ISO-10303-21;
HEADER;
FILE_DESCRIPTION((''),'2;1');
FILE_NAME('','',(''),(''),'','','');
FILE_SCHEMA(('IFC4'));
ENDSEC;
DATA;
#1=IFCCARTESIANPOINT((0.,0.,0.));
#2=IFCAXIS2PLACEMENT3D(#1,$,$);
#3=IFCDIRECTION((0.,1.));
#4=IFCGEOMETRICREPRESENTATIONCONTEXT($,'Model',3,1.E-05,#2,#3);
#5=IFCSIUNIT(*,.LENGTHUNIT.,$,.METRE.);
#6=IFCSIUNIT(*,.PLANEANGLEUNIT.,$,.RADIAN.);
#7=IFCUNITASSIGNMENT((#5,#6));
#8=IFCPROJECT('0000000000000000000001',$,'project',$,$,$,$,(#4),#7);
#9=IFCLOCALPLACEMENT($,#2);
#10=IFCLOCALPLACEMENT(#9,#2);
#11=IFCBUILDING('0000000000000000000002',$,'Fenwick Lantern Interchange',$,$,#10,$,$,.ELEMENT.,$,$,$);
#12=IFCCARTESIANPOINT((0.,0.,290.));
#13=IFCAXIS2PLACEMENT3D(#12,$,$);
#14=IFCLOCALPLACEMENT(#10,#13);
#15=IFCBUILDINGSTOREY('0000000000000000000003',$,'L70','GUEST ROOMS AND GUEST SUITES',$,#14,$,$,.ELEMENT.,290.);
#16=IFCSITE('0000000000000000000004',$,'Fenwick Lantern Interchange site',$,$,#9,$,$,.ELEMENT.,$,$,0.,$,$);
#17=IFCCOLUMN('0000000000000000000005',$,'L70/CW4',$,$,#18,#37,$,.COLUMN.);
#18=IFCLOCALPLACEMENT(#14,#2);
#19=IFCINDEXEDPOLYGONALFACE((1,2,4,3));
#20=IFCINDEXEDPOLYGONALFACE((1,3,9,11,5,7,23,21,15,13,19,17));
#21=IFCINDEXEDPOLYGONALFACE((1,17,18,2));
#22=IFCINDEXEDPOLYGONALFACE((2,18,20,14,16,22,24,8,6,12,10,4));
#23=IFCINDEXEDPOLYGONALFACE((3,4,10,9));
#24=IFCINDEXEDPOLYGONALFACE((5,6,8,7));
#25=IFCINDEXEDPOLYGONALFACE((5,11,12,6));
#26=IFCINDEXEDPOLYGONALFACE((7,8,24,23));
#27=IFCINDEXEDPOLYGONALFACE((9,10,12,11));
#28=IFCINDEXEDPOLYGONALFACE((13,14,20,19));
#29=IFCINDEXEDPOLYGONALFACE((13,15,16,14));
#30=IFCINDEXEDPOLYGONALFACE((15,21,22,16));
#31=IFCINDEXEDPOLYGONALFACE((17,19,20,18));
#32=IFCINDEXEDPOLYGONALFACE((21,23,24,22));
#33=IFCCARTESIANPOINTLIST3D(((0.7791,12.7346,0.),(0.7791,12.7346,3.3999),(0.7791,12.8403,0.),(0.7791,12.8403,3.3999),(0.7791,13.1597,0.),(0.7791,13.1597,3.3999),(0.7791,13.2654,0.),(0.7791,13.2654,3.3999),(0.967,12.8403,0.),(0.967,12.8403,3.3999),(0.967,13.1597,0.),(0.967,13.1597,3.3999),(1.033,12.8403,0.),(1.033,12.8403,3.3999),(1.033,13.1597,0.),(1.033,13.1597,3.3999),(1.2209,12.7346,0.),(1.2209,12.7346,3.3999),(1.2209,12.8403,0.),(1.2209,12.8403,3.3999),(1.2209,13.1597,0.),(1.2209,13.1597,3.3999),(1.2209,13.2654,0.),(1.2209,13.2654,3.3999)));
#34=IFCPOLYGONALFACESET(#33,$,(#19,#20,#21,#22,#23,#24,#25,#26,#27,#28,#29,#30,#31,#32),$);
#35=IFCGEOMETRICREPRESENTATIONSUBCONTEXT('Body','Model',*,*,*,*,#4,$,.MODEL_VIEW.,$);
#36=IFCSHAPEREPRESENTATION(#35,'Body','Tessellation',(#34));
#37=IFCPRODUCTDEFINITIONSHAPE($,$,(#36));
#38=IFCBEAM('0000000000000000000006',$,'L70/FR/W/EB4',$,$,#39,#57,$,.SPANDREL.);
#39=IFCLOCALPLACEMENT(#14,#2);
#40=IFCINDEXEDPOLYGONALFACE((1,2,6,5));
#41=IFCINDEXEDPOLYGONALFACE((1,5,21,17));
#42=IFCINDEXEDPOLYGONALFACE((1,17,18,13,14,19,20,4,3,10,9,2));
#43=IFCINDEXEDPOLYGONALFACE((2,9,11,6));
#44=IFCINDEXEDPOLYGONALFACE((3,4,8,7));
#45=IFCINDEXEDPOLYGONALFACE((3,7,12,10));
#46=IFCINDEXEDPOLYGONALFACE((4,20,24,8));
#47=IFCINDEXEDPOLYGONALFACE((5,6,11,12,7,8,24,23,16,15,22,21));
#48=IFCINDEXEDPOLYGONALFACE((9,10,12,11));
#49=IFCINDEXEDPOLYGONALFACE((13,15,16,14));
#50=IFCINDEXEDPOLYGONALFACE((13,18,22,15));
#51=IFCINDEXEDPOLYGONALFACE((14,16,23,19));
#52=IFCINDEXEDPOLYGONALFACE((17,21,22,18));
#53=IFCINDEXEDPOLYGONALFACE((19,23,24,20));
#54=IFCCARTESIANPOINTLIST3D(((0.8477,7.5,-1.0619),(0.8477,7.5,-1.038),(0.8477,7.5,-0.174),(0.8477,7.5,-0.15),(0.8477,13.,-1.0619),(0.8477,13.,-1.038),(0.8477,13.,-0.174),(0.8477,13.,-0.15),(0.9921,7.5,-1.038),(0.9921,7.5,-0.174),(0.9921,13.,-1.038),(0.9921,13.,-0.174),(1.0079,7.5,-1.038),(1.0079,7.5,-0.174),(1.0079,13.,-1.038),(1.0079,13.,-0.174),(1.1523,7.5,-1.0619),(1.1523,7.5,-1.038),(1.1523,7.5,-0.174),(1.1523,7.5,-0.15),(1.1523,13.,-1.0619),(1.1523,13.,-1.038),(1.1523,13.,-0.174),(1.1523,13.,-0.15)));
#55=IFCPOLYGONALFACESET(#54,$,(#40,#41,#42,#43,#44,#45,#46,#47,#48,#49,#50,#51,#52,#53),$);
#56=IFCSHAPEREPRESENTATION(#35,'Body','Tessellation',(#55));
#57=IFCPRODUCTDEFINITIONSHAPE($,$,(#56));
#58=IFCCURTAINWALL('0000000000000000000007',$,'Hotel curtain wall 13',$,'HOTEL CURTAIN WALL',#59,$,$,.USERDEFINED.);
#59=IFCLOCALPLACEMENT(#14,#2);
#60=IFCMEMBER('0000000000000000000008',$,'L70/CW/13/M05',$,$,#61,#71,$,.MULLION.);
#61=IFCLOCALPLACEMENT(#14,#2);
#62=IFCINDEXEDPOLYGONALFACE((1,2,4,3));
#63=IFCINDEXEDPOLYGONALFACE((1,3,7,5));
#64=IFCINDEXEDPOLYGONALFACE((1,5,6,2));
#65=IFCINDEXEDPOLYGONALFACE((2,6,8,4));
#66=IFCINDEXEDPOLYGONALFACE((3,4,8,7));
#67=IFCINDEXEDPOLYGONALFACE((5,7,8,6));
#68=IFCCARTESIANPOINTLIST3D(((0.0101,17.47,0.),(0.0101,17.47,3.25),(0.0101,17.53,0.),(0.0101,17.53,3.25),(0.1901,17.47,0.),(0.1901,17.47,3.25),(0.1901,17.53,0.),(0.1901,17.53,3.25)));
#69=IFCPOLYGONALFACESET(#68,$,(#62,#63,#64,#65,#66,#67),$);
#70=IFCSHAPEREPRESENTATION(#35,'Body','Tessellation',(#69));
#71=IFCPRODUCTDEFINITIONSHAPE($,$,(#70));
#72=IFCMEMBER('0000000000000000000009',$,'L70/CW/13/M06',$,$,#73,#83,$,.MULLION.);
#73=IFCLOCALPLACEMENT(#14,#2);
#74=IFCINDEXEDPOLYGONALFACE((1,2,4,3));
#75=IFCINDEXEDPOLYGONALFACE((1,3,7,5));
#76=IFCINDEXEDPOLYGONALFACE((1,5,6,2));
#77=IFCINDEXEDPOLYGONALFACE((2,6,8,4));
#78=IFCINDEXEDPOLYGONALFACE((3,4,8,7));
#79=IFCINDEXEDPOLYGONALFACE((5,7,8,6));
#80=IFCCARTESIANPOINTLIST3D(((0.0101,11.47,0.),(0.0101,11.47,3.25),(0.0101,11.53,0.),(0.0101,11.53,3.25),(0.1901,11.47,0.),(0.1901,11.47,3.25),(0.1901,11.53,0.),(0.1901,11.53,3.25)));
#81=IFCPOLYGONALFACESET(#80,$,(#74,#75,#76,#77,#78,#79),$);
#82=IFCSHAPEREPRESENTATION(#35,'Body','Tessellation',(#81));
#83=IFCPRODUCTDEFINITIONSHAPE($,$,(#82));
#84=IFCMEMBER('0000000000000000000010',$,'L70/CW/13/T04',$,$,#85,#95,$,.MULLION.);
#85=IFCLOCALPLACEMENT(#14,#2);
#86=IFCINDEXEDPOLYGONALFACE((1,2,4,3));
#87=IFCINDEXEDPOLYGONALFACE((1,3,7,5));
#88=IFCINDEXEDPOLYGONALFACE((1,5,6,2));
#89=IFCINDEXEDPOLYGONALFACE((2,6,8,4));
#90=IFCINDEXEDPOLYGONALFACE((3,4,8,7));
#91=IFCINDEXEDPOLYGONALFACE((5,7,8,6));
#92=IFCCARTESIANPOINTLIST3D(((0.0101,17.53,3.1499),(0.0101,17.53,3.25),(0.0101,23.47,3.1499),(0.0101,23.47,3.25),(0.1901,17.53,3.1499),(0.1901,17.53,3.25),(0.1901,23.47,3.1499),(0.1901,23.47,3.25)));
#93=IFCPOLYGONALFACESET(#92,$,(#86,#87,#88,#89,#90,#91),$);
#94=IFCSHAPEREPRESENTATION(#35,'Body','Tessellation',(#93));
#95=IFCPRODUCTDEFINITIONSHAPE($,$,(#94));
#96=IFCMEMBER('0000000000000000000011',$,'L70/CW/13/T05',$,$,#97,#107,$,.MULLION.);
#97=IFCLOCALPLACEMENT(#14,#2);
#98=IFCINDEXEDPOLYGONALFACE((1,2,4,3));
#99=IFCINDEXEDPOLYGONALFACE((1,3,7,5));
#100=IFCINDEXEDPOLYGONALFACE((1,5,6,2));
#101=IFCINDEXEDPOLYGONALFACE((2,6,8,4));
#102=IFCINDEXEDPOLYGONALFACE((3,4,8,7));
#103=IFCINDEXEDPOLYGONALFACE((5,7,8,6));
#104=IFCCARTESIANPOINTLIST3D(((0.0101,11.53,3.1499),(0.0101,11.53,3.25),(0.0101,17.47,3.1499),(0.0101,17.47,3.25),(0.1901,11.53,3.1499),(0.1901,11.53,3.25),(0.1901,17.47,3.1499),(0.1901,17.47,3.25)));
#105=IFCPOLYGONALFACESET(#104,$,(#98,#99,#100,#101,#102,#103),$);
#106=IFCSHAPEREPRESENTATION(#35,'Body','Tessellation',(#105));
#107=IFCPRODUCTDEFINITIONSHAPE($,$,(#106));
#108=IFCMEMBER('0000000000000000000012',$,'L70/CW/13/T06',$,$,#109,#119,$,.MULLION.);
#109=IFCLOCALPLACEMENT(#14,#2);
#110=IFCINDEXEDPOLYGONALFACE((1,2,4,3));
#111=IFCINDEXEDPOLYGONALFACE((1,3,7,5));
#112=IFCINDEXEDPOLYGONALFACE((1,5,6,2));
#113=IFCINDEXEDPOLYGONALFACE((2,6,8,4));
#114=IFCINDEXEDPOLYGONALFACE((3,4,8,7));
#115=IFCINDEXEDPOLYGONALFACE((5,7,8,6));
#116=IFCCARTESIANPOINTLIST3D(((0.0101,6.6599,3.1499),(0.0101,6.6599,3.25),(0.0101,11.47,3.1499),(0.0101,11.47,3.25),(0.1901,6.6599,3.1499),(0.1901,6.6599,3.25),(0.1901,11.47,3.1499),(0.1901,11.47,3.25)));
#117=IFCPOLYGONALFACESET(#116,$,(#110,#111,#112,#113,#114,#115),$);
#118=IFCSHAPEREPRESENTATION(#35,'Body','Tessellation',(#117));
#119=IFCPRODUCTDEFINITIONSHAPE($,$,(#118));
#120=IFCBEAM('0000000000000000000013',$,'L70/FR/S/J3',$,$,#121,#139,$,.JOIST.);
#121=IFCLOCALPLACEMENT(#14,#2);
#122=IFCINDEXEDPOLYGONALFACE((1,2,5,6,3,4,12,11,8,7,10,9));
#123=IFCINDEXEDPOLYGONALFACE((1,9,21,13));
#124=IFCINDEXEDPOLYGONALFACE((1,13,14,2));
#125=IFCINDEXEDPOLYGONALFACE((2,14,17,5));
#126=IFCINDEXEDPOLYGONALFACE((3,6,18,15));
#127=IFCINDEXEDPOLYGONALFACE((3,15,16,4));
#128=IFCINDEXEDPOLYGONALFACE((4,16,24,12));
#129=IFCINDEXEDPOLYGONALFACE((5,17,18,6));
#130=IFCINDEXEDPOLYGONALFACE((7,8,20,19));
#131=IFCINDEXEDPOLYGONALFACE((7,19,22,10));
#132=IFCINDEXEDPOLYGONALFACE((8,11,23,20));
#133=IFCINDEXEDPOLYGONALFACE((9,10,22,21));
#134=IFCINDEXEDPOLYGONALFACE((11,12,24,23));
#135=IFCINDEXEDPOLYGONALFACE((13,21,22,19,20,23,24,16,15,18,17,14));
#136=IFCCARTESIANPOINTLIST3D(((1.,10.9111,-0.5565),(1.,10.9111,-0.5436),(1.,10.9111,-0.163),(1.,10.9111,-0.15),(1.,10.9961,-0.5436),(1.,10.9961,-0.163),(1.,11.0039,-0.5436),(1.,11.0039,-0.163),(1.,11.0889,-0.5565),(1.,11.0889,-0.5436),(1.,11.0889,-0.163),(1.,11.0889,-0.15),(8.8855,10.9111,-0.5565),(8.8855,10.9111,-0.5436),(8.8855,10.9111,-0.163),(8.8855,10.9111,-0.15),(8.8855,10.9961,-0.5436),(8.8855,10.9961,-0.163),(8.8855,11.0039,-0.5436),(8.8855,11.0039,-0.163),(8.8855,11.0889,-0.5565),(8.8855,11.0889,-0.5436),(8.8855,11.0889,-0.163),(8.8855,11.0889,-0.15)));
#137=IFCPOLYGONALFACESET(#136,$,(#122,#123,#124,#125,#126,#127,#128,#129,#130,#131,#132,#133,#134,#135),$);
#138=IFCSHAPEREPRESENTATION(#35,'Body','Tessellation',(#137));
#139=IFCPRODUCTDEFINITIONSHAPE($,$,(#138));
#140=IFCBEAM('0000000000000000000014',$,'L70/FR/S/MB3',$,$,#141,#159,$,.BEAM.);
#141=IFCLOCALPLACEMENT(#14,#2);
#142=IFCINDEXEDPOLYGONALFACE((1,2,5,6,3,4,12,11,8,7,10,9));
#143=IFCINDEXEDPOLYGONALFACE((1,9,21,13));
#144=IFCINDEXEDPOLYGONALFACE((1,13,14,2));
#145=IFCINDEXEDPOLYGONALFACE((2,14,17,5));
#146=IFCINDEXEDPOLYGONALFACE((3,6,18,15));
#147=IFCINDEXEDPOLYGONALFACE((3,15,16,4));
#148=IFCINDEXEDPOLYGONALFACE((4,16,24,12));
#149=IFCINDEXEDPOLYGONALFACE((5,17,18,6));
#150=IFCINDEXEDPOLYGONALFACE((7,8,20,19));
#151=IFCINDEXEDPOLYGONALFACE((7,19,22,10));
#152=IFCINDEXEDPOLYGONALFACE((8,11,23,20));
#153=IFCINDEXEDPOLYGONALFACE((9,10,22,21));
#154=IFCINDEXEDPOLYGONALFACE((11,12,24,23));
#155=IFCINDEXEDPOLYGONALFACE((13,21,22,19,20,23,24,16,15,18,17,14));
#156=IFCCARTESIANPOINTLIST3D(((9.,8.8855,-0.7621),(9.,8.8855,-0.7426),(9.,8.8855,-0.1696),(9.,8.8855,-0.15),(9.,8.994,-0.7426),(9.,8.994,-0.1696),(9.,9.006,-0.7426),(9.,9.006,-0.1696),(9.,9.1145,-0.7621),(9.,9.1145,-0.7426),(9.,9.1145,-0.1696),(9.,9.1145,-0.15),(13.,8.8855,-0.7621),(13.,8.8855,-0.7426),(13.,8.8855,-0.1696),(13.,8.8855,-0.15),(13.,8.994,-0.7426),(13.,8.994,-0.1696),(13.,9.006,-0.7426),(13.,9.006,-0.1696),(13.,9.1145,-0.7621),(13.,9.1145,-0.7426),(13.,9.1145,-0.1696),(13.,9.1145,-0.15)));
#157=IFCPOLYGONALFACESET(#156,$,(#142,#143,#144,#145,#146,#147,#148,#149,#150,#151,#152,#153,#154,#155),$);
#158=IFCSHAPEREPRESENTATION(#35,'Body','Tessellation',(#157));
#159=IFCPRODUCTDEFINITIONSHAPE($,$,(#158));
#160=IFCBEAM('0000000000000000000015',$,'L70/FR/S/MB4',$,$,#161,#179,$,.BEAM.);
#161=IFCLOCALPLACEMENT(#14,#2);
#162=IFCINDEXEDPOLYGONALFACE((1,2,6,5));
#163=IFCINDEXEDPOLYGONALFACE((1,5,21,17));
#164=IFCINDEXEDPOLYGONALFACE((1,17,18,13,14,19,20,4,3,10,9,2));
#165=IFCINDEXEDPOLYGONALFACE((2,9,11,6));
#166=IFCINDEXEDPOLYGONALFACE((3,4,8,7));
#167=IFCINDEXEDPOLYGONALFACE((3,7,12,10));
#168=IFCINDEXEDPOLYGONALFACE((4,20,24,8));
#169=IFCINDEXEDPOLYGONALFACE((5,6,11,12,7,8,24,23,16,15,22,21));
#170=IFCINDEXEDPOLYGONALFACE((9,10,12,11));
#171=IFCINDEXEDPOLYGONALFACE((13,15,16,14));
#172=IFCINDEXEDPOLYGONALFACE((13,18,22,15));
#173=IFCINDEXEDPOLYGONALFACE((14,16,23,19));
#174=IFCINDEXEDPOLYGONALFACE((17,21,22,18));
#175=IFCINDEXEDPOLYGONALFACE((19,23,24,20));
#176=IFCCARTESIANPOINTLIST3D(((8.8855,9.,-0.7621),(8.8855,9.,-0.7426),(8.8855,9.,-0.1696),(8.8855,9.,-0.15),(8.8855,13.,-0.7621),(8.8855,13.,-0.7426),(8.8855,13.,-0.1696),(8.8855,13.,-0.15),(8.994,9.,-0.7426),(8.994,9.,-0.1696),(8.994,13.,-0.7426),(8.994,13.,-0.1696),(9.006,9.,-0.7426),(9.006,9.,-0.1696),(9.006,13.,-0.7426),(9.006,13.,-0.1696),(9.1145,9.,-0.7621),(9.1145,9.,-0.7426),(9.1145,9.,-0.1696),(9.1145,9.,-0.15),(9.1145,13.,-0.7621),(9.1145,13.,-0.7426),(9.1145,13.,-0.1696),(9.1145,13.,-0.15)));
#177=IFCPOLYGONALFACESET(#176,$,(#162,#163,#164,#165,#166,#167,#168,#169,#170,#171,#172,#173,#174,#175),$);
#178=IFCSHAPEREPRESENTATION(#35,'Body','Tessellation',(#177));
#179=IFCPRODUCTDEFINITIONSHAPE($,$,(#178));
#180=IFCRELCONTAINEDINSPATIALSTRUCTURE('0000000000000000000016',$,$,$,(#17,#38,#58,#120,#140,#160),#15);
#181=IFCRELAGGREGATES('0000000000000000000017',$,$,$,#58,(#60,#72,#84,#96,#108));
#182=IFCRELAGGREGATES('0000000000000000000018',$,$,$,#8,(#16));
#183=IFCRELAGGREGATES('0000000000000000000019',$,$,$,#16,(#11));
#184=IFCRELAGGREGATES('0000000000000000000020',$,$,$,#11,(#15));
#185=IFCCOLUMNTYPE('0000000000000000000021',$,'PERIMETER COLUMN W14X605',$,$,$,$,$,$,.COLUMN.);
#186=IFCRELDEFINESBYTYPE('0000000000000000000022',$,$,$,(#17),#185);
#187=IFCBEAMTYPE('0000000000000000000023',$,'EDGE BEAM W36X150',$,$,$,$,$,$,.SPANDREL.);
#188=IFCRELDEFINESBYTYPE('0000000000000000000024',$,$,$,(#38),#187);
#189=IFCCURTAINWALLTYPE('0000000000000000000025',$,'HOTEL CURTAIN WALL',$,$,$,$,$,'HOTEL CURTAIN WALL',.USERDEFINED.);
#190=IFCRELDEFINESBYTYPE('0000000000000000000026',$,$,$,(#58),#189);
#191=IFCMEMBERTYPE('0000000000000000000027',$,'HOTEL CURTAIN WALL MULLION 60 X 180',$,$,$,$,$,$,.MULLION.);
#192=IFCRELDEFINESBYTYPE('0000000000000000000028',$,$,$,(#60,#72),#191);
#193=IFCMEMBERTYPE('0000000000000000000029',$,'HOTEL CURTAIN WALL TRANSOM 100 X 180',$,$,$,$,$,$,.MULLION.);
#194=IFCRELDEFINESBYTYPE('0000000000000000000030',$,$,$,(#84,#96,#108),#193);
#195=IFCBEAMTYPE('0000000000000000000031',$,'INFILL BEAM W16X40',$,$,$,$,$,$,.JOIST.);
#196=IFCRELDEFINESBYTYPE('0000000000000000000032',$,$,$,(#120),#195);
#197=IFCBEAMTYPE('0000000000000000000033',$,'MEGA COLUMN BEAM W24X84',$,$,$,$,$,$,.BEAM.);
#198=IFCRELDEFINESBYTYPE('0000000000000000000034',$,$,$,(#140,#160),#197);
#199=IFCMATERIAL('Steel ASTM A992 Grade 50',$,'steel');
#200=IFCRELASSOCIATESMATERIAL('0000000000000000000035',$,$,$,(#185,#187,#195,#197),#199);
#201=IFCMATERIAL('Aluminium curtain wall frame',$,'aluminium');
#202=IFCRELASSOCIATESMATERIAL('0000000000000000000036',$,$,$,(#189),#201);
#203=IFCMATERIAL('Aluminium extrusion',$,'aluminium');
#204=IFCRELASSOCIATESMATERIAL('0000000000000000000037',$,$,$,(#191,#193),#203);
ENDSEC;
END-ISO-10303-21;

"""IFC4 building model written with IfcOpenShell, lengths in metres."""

from ifc_helpers import new_model, si_unit, direction, frame, origin, origin_2d, place, context, subcontext, project, spatial, rectangle, i_section, extrude, material, material_profile, profile_set, type_object, element, aggregate, save


model = new_model("IFC4")

# Units and contexts
model_context = context("Model", 3, precision=1e-05, world=origin(), true_north=direction((0.0, 1.0)))
body_context = subcontext(model_context, "Body", "Model", "MODEL_VIEW")
ifc_project = project(units=[si_unit("LENGTHUNIT", "METRE"), si_unit("PLANEANGLEUNIT", "RADIAN")], contexts=[model_context])

# Site, building, storey
site_placement = place(None, origin())
site = spatial("IfcSite", under=ifc_project, at=site_placement, Name="Fenwick Lantern Interchange site", CompositionType="ELEMENT", RefElevation=0.0)
building_placement = place(site_placement, origin())
building = spatial("IfcBuilding", under=site, at=building_placement, Name="Fenwick Lantern Interchange", CompositionType="ELEMENT")
storey_placement = place(building_placement, frame((0.0, 0.0, 290.0)))
storey = spatial("IfcBuildingStorey", under=building, at=storey_placement, Name="L70", Description="GUEST ROOMS AND GUEST SUITES", CompositionType="ELEMENT", Elevation=290.0)

# Column
ifc_material_1 = material(Name="Steel ASTM A992 Grade 50", Category="steel")
ifc_material_profile_1 = material_profile(ifc_material_1, i_section(OverallWidth=0.4419, OverallDepth=0.5308, WebThickness=0.0659, FlangeThickness=0.1057, at=origin_2d()), Name="W14X605")
ifc_profile_set_1 = profile_set([ifc_material_profile_1], Name="Steel ASTM A992 Grade 50")
column_type = type_object("IfcColumnType", Name="PERIMETER COLUMN W14X605", PredefinedType="COLUMN", material=ifc_profile_set_1)
column_placement = place(storey_placement, frame((1.0, 13.0, 0.0), z_axis=(0.0, 0.0, 1.0), x_axis=(1.0, 0.0, 0.0)))
element("IfcColumn", 1, at=column_placement, inside=storey, type_object=column_type, Name="L70/CW4", PredefinedType="COLUMN", context=body_context, shape_type="SweptSolid", body=[
    extrude(i_section(OverallWidth=0.4419, OverallDepth=0.5308, WebThickness=0.0659, FlangeThickness=0.1057, at=origin_2d()), origin(), (0.0, 0.0, 1.0), 3.3999),
])

# Beam
ifc_material_profile_2 = material_profile(ifc_material_1, i_section(OverallWidth=0.3047, OverallDepth=0.9119, WebThickness=0.0159, FlangeThickness=0.0239, at=origin_2d()), Name="W36X150")
ifc_profile_set_2 = profile_set([ifc_material_profile_2], Name="Steel ASTM A992 Grade 50")
beam_type_1 = type_object("IfcBeamType", Name="EDGE BEAM W36X150", PredefinedType="SPANDREL", material=ifc_profile_set_2)
beam_1_placement = place(storey_placement, frame((1.0, 13.0, -0.606), z_axis=(0.0, -1.0, 0.0), x_axis=(1.0, 0.0, 0.0)))
element("IfcBeam", 2, at=beam_1_placement, inside=storey, type_object=beam_type_1, Name="L70/FR/W/EB4", PredefinedType="SPANDREL", context=body_context, shape_type="SweptSolid", body=[
    extrude(i_section(OverallWidth=0.3047, OverallDepth=0.9119, WebThickness=0.0159, FlangeThickness=0.0239, at=origin_2d()), origin(), (0.0, 0.0, 1.0), 5.5),
])

# Curtain wall, members
ifc_material_2 = material(Name="Aluminium curtain wall frame", Category="aluminium")
curtain_wall_type = type_object("IfcCurtainWallType", Name="HOTEL CURTAIN WALL", ElementType="HOTEL CURTAIN WALL", PredefinedType="USERDEFINED", material=ifc_material_2)
curtain_wall_placement = place(storey_placement, origin())
curtain_wall = element("IfcCurtainWall", 3, at=curtain_wall_placement, inside=storey, type_object=curtain_wall_type, Name="Hotel curtain wall 13", ObjectType="HOTEL CURTAIN WALL", PredefinedType="USERDEFINED")
ifc_material_3 = material(Name="Aluminium extrusion", Category="aluminium")
ifc_material_profile_3 = material_profile(ifc_material_3, rectangle(XDim=0.1799, YDim=0.0601, at=origin_2d()), Name="HOTEL CURTAIN WALL MULLION 60 X 180")
ifc_profile_set_3 = profile_set([ifc_material_profile_3], Name="Aluminium extrusion")
member_type_1 = type_object("IfcMemberType", Name="HOTEL CURTAIN WALL MULLION 60 X 180", PredefinedType="MULLION", material=ifc_profile_set_3)
member_1_placement = place(storey_placement, frame((0.1001, 17.5, 0.0), z_axis=(0.0, 0.0, 1.0), x_axis=(1.0, 0.0, 0.0)))
member_1 = element("IfcMember", 4, at=member_1_placement, type_object=member_type_1, Name="L70/CW/13/M05", PredefinedType="MULLION", context=body_context, shape_type="SweptSolid", body=[
    extrude(rectangle(XDim=0.1799, YDim=0.0601, at=origin_2d()), origin(), (0.0, 0.0, 1.0), 3.25),
])
member_2_placement = place(storey_placement, frame((0.1001, 11.5, 0.0), z_axis=(0.0, 0.0, 1.0), x_axis=(1.0, 0.0, 0.0)))
member_2 = element("IfcMember", 5, at=member_2_placement, type_object=member_type_1, Name="L70/CW/13/M06", PredefinedType="MULLION", context=body_context, shape_type="SweptSolid", body=[
    extrude(rectangle(XDim=0.1799, YDim=0.0601, at=origin_2d()), origin(), (0.0, 0.0, 1.0), 3.25),
])
ifc_material_profile_4 = material_profile(ifc_material_3, rectangle(XDim=0.1799, YDim=0.1001, at=origin_2d()), Name="HOTEL CURTAIN WALL TRANSOM 100 X 180")
ifc_profile_set_4 = profile_set([ifc_material_profile_4], Name="Aluminium extrusion")
member_type_2 = type_object("IfcMemberType", Name="HOTEL CURTAIN WALL TRANSOM 100 X 180", PredefinedType="MULLION", material=ifc_profile_set_4)
member_3_placement = place(storey_placement, frame((0.1001, 23.47, 3.2), z_axis=(0.0, -1.0, 0.0), x_axis=(1.0, 0.0, 0.0)))
member_3 = element("IfcMember", 6, at=member_3_placement, type_object=member_type_2, Name="L70/CW/13/T04", PredefinedType="MULLION", context=body_context, shape_type="SweptSolid", body=[
    extrude(rectangle(XDim=0.1799, YDim=0.1001, at=origin_2d()), origin(), (0.0, 0.0, 1.0), 5.9399),
])
member_4_placement = place(storey_placement, frame((0.1001, 17.47, 3.2), z_axis=(0.0, -1.0, 0.0), x_axis=(1.0, 0.0, 0.0)))
member_4 = element("IfcMember", 7, at=member_4_placement, type_object=member_type_2, Name="L70/CW/13/T05", PredefinedType="MULLION", context=body_context, shape_type="SweptSolid", body=[
    extrude(rectangle(XDim=0.1799, YDim=0.1001, at=origin_2d()), origin(), (0.0, 0.0, 1.0), 5.9399),
])
member_5_placement = place(storey_placement, frame((0.1001, 11.47, 3.2), z_axis=(0.0, -1.0, 0.0), x_axis=(1.0, 0.0, 0.0)))
member_5 = element("IfcMember", 8, at=member_5_placement, type_object=member_type_2, Name="L70/CW/13/T06", PredefinedType="MULLION", context=body_context, shape_type="SweptSolid", body=[
    extrude(rectangle(XDim=0.1799, YDim=0.1001, at=origin_2d()), origin(), (0.0, 0.0, 1.0), 4.8101),
])
aggregate(curtain_wall, [member_1, member_2, member_3, member_4, member_5])

# Beams
ifc_material_profile_5 = material_profile(ifc_material_1, i_section(OverallWidth=0.1777, OverallDepth=0.4065, WebThickness=0.0078, FlangeThickness=0.0129, at=origin_2d()), Name="W16X40")
ifc_profile_set_5 = profile_set([ifc_material_profile_5], Name="Steel ASTM A992 Grade 50")
beam_type_2 = type_object("IfcBeamType", Name="INFILL BEAM W16X40", PredefinedType="JOIST", material=ifc_profile_set_5)
beam_2_placement = place(storey_placement, frame((1.0, 11.0, -0.3533), z_axis=(1.0, 0.0, 0.0), x_axis=(0.0, 1.0, 0.0)))
element("IfcBeam", 9, at=beam_2_placement, inside=storey, type_object=beam_type_2, Name="L70/FR/S/J3", PredefinedType="JOIST", context=body_context, shape_type="SweptSolid", body=[
    extrude(i_section(OverallWidth=0.1777, OverallDepth=0.4065, WebThickness=0.0078, FlangeThickness=0.0129, at=origin_2d()), origin(), (0.0, 0.0, 1.0), 7.8855),
])
ifc_material_profile_6 = material_profile(ifc_material_1, i_section(OverallWidth=0.229, OverallDepth=0.6121, WebThickness=0.012, FlangeThickness=0.0195, at=origin_2d()), Name="W24X84")
ifc_profile_set_6 = profile_set([ifc_material_profile_6], Name="Steel ASTM A992 Grade 50")
beam_type_3 = type_object("IfcBeamType", Name="MEGA COLUMN BEAM W24X84", PredefinedType="BEAM", material=ifc_profile_set_6)
for number, where, z_axis, x_axis, name in (
    (10, (9.0, 9.0, -0.4561), (1.0, 0.0, 0.0), (0.0, 1.0, 0.0), "L70/FR/S/MB3"),
    (11, (9.0, 9.0, -0.4561), (0.0, 1.0, 0.0), (-1.0, 0.0, 0.0), "L70/FR/S/MB4"),
):
    element("IfcBeam", number, at=place(storey_placement, frame(where, z_axis=z_axis, x_axis=x_axis)), inside=storey, type_object=beam_type_3, Name=name, PredefinedType="BEAM", context=body_context, shape_type="SweptSolid", body=[
        extrude(i_section(OverallWidth=0.229, OverallDepth=0.6121, WebThickness=0.012, FlangeThickness=0.0195, at=origin_2d()), origin(), (0.0, 0.0, 1.0), 4.0),
    ])

save(model, "model.ifc")
